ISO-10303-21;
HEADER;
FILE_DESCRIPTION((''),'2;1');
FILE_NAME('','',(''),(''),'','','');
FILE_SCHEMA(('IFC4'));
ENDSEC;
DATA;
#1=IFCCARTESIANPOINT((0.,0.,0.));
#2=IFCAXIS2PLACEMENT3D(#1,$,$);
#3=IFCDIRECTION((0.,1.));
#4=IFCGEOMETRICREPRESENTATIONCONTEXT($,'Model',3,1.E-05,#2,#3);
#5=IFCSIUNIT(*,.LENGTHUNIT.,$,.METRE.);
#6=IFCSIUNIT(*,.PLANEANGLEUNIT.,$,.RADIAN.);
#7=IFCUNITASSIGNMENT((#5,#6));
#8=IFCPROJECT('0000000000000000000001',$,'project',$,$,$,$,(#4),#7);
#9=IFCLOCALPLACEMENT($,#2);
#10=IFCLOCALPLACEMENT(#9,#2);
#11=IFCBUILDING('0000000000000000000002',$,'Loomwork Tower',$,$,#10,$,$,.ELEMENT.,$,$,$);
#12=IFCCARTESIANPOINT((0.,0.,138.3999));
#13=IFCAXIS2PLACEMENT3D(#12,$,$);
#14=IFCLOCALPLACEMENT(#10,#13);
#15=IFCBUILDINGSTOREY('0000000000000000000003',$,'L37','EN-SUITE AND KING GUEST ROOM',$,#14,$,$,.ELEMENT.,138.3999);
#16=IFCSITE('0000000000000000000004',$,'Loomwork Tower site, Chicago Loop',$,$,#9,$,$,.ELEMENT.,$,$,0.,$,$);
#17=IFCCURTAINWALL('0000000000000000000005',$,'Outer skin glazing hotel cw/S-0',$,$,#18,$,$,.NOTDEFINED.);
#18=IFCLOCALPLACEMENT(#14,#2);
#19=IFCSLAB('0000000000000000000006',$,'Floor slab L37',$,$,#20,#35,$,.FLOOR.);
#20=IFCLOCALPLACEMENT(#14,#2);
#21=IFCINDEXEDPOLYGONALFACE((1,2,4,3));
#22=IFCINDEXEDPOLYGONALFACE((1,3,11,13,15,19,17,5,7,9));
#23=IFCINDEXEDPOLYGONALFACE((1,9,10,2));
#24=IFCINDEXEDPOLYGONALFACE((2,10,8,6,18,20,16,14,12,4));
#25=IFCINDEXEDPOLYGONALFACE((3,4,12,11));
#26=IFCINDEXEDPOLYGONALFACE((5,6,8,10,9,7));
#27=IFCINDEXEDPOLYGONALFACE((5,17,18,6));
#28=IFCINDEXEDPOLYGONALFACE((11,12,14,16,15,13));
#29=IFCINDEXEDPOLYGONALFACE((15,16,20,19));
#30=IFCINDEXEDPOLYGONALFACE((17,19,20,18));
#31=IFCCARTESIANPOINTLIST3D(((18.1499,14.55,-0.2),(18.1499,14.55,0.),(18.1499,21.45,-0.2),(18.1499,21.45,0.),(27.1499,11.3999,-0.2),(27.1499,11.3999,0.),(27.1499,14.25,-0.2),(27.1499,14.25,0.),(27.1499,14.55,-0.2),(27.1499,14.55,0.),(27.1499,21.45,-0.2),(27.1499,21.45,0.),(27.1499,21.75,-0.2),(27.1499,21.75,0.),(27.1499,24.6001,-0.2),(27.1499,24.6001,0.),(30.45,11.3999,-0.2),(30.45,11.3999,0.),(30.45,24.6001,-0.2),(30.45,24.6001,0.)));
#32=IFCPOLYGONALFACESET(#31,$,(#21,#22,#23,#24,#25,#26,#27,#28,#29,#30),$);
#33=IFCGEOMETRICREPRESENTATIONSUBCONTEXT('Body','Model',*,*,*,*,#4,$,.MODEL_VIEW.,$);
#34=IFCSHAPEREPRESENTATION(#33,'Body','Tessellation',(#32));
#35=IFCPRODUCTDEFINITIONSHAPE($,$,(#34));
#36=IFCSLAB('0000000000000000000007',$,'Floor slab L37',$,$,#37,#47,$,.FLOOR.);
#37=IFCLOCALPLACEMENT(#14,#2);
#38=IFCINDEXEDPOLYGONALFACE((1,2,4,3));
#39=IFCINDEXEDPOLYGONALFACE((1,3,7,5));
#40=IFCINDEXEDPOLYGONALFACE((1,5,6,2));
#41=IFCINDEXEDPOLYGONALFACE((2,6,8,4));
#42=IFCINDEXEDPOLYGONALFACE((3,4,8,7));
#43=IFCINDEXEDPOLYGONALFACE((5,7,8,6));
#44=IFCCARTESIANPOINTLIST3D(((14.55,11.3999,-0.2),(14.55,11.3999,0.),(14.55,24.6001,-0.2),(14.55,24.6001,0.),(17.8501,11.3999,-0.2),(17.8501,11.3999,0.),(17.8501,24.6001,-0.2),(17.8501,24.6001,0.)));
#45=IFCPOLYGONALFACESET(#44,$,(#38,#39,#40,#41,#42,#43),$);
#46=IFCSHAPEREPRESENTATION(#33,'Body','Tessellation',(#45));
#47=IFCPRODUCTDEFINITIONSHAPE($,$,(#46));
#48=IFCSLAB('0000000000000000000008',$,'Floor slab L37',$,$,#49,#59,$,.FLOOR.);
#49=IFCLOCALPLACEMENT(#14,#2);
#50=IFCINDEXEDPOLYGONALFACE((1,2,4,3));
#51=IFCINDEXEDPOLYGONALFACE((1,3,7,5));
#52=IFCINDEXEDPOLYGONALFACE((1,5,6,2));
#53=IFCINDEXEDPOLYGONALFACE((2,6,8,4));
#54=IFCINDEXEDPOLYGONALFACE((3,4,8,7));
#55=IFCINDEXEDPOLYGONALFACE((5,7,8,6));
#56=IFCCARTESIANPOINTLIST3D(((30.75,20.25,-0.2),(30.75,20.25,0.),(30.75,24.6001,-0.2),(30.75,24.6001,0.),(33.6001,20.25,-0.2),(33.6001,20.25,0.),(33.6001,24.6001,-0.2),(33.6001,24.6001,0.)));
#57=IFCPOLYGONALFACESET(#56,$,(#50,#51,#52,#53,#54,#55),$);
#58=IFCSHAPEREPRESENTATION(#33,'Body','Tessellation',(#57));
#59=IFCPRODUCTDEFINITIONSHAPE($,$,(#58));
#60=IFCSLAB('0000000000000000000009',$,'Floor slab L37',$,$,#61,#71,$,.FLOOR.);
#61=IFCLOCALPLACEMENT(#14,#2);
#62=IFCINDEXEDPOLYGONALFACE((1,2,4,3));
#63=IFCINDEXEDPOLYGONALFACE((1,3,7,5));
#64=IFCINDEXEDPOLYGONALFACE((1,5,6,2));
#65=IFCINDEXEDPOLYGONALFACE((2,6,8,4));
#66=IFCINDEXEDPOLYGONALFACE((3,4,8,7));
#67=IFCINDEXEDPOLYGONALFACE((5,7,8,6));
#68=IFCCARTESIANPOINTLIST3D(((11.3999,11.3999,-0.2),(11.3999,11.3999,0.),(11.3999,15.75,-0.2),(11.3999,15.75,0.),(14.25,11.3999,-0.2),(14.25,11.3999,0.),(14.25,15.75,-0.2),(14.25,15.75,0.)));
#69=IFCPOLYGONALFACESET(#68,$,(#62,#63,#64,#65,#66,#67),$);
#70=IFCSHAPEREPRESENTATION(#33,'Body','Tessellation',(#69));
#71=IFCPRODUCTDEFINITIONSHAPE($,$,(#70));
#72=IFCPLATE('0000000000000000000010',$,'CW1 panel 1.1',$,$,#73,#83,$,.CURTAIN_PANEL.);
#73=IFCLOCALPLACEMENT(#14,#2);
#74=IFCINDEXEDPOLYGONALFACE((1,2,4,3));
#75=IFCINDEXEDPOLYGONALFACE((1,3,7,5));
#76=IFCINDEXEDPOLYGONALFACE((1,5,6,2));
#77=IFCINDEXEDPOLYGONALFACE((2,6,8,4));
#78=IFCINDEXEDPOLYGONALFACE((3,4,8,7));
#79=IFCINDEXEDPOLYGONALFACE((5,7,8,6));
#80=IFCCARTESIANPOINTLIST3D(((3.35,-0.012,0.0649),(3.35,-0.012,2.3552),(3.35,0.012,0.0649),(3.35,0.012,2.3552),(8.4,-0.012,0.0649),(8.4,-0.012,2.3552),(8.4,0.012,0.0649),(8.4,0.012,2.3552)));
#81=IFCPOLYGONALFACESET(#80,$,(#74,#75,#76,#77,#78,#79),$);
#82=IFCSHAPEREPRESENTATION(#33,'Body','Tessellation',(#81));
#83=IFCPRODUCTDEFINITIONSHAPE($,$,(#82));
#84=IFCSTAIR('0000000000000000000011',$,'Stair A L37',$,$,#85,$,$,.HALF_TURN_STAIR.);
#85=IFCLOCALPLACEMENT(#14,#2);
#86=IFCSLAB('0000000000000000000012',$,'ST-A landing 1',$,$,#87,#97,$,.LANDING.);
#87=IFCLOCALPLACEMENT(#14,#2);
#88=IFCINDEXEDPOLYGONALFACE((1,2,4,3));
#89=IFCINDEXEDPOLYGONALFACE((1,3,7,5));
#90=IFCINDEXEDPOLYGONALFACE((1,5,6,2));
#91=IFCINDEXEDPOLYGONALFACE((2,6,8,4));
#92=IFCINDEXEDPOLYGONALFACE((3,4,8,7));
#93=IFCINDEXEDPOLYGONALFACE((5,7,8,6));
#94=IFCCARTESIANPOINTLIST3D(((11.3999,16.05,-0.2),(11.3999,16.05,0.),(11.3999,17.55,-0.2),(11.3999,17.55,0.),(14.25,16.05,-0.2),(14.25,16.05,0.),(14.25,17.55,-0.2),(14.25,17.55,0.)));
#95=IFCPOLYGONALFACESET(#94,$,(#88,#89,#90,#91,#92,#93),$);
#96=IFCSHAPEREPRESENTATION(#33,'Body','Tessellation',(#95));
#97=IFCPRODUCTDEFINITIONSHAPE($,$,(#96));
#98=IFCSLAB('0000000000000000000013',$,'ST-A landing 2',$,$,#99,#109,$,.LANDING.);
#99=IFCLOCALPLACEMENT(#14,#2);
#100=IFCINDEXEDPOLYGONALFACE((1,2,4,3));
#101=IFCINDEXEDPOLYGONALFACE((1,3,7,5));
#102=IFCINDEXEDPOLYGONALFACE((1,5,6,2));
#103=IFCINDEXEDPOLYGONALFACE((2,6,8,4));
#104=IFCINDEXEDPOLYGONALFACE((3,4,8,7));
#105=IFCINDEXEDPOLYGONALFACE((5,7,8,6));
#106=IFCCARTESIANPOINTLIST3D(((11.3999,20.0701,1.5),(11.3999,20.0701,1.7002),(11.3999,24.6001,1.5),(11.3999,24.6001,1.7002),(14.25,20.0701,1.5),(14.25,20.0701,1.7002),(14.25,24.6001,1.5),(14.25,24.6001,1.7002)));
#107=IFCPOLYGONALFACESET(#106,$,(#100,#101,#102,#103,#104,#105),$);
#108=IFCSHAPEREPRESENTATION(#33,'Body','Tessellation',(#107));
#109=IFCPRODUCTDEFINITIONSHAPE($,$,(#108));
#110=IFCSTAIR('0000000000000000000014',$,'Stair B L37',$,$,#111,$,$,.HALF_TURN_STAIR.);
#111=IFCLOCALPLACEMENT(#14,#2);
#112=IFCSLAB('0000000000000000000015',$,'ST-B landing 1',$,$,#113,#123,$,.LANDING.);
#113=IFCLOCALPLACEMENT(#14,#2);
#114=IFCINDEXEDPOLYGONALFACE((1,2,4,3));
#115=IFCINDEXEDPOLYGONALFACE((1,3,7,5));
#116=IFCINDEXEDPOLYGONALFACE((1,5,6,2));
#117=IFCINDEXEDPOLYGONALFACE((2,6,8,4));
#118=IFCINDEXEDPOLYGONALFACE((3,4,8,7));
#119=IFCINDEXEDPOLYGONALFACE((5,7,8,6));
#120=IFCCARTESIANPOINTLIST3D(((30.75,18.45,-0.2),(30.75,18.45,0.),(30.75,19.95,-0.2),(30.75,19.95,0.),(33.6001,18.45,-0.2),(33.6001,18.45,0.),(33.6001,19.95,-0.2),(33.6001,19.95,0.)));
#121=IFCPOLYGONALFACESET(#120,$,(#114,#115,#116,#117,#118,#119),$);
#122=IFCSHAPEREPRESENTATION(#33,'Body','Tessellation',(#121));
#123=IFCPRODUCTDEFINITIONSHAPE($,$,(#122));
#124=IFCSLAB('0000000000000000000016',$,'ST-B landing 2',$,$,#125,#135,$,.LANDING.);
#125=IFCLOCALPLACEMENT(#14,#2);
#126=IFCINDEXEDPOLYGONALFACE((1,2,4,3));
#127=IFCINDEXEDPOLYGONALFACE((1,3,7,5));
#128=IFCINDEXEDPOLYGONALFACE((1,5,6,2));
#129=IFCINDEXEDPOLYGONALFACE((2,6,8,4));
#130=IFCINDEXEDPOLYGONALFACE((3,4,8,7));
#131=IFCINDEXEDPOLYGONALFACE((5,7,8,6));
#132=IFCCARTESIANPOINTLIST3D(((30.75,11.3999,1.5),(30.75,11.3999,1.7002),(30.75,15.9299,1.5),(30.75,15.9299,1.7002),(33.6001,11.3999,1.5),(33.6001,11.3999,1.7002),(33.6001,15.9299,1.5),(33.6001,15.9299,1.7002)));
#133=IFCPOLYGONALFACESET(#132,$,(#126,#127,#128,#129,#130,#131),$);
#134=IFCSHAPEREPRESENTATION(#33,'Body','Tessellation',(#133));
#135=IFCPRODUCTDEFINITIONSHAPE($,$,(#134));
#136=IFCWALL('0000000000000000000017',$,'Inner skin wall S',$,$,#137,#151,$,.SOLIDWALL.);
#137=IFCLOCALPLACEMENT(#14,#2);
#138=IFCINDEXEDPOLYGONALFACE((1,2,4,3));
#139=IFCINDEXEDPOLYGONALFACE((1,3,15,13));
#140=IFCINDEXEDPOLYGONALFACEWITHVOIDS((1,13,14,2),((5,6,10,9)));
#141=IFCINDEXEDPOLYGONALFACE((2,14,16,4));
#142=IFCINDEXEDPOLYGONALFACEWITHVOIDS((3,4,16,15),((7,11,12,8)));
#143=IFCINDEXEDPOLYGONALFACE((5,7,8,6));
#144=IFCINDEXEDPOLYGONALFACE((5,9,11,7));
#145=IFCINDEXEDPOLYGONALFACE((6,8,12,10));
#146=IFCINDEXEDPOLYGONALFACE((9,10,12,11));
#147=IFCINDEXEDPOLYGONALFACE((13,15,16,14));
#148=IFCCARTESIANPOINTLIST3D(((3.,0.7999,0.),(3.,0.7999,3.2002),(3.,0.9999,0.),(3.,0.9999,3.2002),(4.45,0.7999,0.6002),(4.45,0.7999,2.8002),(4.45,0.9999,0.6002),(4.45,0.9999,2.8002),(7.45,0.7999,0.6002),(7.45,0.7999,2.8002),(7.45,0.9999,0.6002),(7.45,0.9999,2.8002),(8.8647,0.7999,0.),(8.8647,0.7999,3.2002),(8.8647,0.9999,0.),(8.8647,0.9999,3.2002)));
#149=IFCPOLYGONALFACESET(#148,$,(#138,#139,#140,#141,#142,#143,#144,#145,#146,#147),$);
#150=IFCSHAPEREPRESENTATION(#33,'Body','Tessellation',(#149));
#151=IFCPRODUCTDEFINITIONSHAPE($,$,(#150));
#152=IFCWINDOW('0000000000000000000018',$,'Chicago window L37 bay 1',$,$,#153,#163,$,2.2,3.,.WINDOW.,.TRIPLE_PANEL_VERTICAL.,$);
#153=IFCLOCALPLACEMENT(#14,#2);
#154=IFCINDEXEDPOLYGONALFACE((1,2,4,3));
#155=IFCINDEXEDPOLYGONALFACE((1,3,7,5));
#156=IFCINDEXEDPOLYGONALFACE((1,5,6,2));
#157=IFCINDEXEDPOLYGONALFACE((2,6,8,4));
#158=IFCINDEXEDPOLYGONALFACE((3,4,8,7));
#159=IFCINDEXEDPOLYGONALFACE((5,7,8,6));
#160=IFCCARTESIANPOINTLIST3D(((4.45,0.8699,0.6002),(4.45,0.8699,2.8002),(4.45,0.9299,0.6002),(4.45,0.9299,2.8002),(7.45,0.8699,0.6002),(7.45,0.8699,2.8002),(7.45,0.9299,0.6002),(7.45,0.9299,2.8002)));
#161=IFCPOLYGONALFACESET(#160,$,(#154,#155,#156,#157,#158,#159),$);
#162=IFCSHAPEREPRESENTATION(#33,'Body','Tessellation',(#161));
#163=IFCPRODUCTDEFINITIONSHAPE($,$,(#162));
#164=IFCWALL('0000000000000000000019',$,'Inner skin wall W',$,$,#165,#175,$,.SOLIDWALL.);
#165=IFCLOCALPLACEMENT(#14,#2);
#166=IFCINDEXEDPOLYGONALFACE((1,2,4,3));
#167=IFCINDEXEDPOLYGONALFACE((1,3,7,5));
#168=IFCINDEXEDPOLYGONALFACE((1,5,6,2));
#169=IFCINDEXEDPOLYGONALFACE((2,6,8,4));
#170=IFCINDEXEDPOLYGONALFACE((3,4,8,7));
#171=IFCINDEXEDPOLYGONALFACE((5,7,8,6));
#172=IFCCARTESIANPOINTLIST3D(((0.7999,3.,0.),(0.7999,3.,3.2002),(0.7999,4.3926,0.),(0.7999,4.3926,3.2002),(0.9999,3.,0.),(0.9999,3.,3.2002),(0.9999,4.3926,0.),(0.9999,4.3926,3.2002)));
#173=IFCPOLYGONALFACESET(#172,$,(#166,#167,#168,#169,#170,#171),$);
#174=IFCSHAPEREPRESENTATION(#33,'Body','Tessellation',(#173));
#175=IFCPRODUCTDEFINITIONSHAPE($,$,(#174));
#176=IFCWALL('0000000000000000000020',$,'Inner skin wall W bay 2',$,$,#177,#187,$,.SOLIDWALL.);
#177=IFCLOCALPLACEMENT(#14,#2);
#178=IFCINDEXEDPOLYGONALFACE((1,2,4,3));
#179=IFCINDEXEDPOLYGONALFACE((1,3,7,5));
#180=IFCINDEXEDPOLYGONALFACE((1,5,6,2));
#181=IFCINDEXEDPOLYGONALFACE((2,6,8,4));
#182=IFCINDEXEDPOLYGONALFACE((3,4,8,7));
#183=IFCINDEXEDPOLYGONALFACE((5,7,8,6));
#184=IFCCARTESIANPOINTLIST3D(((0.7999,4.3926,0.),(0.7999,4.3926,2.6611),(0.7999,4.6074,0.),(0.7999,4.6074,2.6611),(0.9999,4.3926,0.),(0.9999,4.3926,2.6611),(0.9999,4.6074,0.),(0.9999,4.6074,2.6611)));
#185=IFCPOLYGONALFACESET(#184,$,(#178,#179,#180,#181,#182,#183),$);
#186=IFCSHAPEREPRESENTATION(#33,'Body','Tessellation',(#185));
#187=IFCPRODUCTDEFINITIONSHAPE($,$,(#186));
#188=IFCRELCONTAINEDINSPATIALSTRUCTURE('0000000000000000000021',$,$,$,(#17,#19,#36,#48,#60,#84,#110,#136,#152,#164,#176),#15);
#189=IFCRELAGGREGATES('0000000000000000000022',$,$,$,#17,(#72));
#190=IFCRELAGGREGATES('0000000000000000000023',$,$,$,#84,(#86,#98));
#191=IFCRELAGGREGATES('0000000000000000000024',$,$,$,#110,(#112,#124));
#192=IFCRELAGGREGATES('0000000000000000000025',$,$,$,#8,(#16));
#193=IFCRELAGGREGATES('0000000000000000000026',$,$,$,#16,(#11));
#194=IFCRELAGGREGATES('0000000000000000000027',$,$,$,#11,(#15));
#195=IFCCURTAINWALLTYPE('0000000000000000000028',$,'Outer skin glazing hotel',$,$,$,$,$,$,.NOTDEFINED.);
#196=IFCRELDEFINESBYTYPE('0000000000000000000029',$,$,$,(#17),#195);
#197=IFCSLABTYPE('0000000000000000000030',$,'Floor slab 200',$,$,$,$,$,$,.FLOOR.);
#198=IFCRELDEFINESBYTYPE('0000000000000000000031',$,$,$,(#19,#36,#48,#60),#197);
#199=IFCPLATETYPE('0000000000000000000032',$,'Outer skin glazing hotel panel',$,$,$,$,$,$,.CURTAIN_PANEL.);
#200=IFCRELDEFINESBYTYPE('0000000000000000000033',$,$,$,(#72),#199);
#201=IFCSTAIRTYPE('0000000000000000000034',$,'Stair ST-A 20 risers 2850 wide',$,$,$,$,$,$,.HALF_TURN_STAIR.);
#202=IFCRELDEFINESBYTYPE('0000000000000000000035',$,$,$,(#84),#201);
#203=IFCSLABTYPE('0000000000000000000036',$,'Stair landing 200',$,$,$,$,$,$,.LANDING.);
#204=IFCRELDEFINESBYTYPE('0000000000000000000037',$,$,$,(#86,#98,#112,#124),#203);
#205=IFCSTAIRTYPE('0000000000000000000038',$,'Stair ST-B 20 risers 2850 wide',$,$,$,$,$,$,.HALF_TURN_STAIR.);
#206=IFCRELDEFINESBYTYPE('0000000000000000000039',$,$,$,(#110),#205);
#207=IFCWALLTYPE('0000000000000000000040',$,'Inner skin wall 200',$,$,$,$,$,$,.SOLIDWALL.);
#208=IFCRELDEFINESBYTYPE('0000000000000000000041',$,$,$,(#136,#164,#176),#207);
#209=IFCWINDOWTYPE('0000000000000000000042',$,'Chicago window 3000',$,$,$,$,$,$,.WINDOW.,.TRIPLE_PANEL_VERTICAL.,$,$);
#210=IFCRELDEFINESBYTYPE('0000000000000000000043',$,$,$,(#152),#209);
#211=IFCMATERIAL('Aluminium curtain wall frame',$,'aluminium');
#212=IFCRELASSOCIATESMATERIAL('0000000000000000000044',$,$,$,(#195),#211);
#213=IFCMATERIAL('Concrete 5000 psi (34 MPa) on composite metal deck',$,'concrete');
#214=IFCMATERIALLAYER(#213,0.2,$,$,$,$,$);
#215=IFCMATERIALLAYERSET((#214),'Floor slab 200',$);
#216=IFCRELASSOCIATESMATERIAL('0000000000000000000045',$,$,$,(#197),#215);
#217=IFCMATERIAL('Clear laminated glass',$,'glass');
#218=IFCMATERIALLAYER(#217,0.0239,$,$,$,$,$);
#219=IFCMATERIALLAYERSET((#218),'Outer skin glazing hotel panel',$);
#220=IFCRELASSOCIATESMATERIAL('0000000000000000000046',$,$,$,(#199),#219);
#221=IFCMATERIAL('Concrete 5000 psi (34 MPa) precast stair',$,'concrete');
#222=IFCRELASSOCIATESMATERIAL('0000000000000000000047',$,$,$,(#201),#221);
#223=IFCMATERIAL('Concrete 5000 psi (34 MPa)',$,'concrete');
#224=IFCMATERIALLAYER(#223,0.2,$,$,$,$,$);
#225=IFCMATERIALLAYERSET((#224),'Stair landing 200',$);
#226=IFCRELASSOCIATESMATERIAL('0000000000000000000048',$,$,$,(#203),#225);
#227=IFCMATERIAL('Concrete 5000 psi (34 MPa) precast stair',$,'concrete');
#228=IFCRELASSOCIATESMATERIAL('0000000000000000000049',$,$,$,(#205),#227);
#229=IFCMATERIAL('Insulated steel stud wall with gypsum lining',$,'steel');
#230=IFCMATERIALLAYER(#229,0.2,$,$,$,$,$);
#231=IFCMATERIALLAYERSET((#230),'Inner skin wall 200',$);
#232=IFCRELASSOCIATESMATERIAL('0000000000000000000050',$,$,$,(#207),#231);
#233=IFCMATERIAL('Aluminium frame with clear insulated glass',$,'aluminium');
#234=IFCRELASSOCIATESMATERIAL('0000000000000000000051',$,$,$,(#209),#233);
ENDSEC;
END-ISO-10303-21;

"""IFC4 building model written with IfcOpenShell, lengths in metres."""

from ifc_helpers import new_model, si_unit, direction, frame, frame_2d, origin, origin_2d, place, context, subcontext, project, spatial, polyline, rectangle, outline, extrude, material, layer, layer_set, type_object, element, fill, aggregate, save


model = new_model("IFC4")

# Units and contexts
model_context = context("Model", 3, precision=1e-05, world=origin(), true_north=direction((0.0, 1.0)))
body_context = subcontext(model_context, "Body", "Model", "MODEL_VIEW")
ifc_project = project(units=[si_unit("LENGTHUNIT", "METRE"), si_unit("PLANEANGLEUNIT", "RADIAN")], contexts=[model_context])

# Site, building, storey
site_placement = place(None, origin())
site = spatial("IfcSite", under=ifc_project, at=site_placement, Name="Loomwork Tower site, Chicago Loop", CompositionType="ELEMENT", RefElevation=0.0)
building_placement = place(site_placement, origin())
building = spatial("IfcBuilding", under=site, at=building_placement, Name="Loomwork Tower", CompositionType="ELEMENT")
storey_placement = place(building_placement, frame((0.0, 0.0, 138.3999)))
storey = spatial("IfcBuildingStorey", under=building, at=storey_placement, Name="L37", Description="EN-SUITE AND KING GUEST ROOM", CompositionType="ELEMENT", Elevation=138.3999)

# Curtain wall
ifc_material_1 = material(Name="Aluminium curtain wall frame", Category="aluminium")
curtain_wall_type = type_object("IfcCurtainWallType", Name="Outer skin glazing hotel", PredefinedType="NOTDEFINED", material=ifc_material_1)
curtain_wall_1_placement = place(storey_placement, origin())
curtain_wall_1 = element("IfcCurtainWall", 1, at=curtain_wall_1_placement, inside=storey, type_object=curtain_wall_type, Name="Outer skin glazing hotel cw/S-0", PredefinedType="NOTDEFINED")

# Slabs
ifc_material_2 = material(Name="Concrete 5000 psi (34 MPa) on composite metal deck", Category="concrete")
ifc_layer_1 = layer(ifc_material_2, 0.2)
ifc_layer_set_1 = layer_set([ifc_layer_1], Name="Floor slab 200")
slab_type_1 = type_object("IfcSlabType", Name="Floor slab 200", PredefinedType="FLOOR", material=ifc_layer_set_1)
slab_1_placement = place(storey_placement, frame((0.0, 0.0, -0.2)))
element("IfcSlab", 2, at=slab_1_placement, inside=storey, type_object=slab_type_1, Name="Floor slab L37", PredefinedType="FLOOR", context=body_context, shape_type="SweptSolid", body=[
    extrude(outline(polyline([(30.45, 24.6001), (30.45, 11.3999), (27.1499, 11.3999), (27.1499, 14.25), (27.1499, 14.55), (18.1499, 14.55), (18.1499, 21.45), (27.1499, 21.45), (27.1499, 21.75), (27.1499, 24.6001), (30.45, 24.6001)])), origin(), (0.0, 0.0, 1.0), 0.2),
])
slab_2_placement = place(storey_placement, frame((0.0, 0.0, -0.2)))
element("IfcSlab", 3, at=slab_2_placement, inside=storey, type_object=slab_type_1, Name="Floor slab L37", PredefinedType="FLOOR", context=body_context, shape_type="SweptSolid", body=[
    extrude(outline(polyline([(14.55, 11.3999), (14.55, 24.6001), (17.8501, 24.6001), (17.8501, 11.3999), (14.55, 11.3999)])), origin(), (0.0, 0.0, 1.0), 0.2),
])
slab_3_placement = place(storey_placement, frame((0.0, 0.0, -0.2)))
element("IfcSlab", 4, at=slab_3_placement, inside=storey, type_object=slab_type_1, Name="Floor slab L37", PredefinedType="FLOOR", context=body_context, shape_type="SweptSolid", body=[
    extrude(outline(polyline([(33.6001, 20.25), (30.75, 20.25), (30.75, 24.6001), (33.6001, 24.6001), (33.6001, 20.25)])), origin(), (0.0, 0.0, 1.0), 0.2),
])
slab_4_placement = place(storey_placement, frame((0.0, 0.0, -0.2)))
element("IfcSlab", 5, at=slab_4_placement, inside=storey, type_object=slab_type_1, Name="Floor slab L37", PredefinedType="FLOOR", context=body_context, shape_type="SweptSolid", body=[
    extrude(outline(polyline([(14.25, 15.75), (14.25, 11.3999), (11.3999, 11.3999), (11.3999, 15.75), (14.25, 15.75)])), origin(), (0.0, 0.0, 1.0), 0.2),
])

# Plate
ifc_material_3 = material(Name="Clear laminated glass", Category="glass")
ifc_layer_2 = layer(ifc_material_3, 0.0239)
ifc_layer_set_2 = layer_set([ifc_layer_2], Name="Outer skin glazing hotel panel")
plate_type = type_object("IfcPlateType", Name="Outer skin glazing hotel panel", PredefinedType="CURTAIN_PANEL", material=ifc_layer_set_2)
plate_placement = place(storey_placement, frame((5.875, 0.0, 0.0649), z_axis=(0.0, 0.0, 1.0), x_axis=(1.0, 0.0, 0.0)))
plate = element("IfcPlate", 6, at=plate_placement, type_object=plate_type, Name="CW1 panel 1.1", PredefinedType="CURTAIN_PANEL", context=body_context, shape_type="SweptSolid", body=[
    extrude(rectangle(XDim=5.05, YDim=0.0239, at=origin_2d()), origin(), (0.0, 0.0, 1.0), 2.2903),
])
aggregate(curtain_wall_1, [plate])

# Stairs, slabs
ifc_material_4 = material(Name="Concrete 5000 psi (34 MPa) precast stair", Category="concrete")
stair_type_1 = type_object("IfcStairType", Name="Stair ST-A 20 risers 2850 wide", PredefinedType="HALF_TURN_STAIR", material=ifc_material_4)
stair_1_placement = place(storey_placement, origin())
stair_1 = element("IfcStair", 7, at=stair_1_placement, inside=storey, type_object=stair_type_1, Name="Stair A L37", PredefinedType="HALF_TURN_STAIR")
ifc_material_5 = material(Name="Concrete 5000 psi (34 MPa)", Category="concrete")
ifc_layer_3 = layer(ifc_material_5, 0.2)
ifc_layer_set_3 = layer_set([ifc_layer_3], Name="Stair landing 200")
slab_type_2 = type_object("IfcSlabType", Name="Stair landing 200", PredefinedType="LANDING", material=ifc_layer_set_3)
slab_5_placement = place(storey_placement, frame((0.0, 0.0, -0.2)))
slab_5 = element("IfcSlab", 8, at=slab_5_placement, type_object=slab_type_2, Name="ST-A landing 1", PredefinedType="LANDING", context=body_context, shape_type="SweptSolid", body=[
    extrude(outline(polyline([(11.3999, 16.05), (14.25, 16.05), (14.25, 17.55), (11.3999, 17.55), (11.3999, 16.05)])), origin(), (0.0, 0.0, 1.0), 0.2),
])
slab_6_placement = place(storey_placement, frame((0.0, 0.0, 1.5)))
slab_6 = element("IfcSlab", 9, at=slab_6_placement, type_object=slab_type_2, Name="ST-A landing 2", PredefinedType="LANDING", context=body_context, shape_type="SweptSolid", body=[
    extrude(outline(polyline([(11.3999, 20.0701), (14.25, 20.0701), (14.25, 24.6001), (11.3999, 24.6001), (11.3999, 20.0701)])), origin(), (0.0, 0.0, 1.0), 0.2002),
])
aggregate(stair_1, [slab_5, slab_6])
ifc_material_6 = material(Name="Concrete 5000 psi (34 MPa) precast stair", Category="concrete")
stair_type_2 = type_object("IfcStairType", Name="Stair ST-B 20 risers 2850 wide", PredefinedType="HALF_TURN_STAIR", material=ifc_material_6)
stair_2_placement = place(storey_placement, origin())
stair_2 = element("IfcStair", 10, at=stair_2_placement, inside=storey, type_object=stair_type_2, Name="Stair B L37", PredefinedType="HALF_TURN_STAIR")
slab_7_placement = place(storey_placement, frame((0.0, 0.0, -0.2)))
slab_7 = element("IfcSlab", 11, at=slab_7_placement, type_object=slab_type_2, Name="ST-B landing 1", PredefinedType="LANDING", context=body_context, shape_type="SweptSolid", body=[
    extrude(outline(polyline([(30.75, 18.45), (33.6001, 18.45), (33.6001, 19.95), (30.75, 19.95), (30.75, 18.45)])), origin(), (0.0, 0.0, 1.0), 0.2),
])
slab_8_placement = place(storey_placement, frame((0.0, 0.0, 1.5)))
slab_8 = element("IfcSlab", 12, at=slab_8_placement, type_object=slab_type_2, Name="ST-B landing 2", PredefinedType="LANDING", context=body_context, shape_type="SweptSolid", body=[
    extrude(outline(polyline([(30.75, 11.3999), (33.6001, 11.3999), (33.6001, 15.9299), (30.75, 15.9299), (30.75, 11.3999)])), origin(), (0.0, 0.0, 1.0), 0.2002),
])
aggregate(stair_2, [slab_7, slab_8])

# Wall, opening, window
ifc_material_7 = material(Name="Insulated steel stud wall with gypsum lining", Category="steel")
ifc_layer_4 = layer(ifc_material_7, 0.2)
ifc_layer_set_4 = layer_set([ifc_layer_4], Name="Inner skin wall 200")
wall_type_1 = type_object("IfcWallType", Name="Inner skin wall 200", PredefinedType="SOLIDWALL", material=ifc_layer_set_4)
wall_1_placement = place(storey_placement, frame((3.0, 0.8999, 0.0), z_axis=(0.0, 0.0, 1.0), x_axis=(1.0, 0.0, 0.0)))
wall_1 = element("IfcWall", 13, at=wall_1_placement, inside=storey, type_object=wall_type_1, Name="Inner skin wall S", PredefinedType="SOLIDWALL", context=body_context, shape_type="SweptSolid", body=[
    extrude(rectangle(XDim=5.8647, YDim=0.2, at=frame_2d((2.9324, 0.0))), origin(), (0.0, 0.0, 1.0), 3.2002),
])
opening_1_placement = place(wall_1_placement, frame((1.45, 0.0, 0.6001)))
opening_1 = element("IfcOpeningElement", 14, at=opening_1_placement, cuts=wall_1, PredefinedType="OPENING", context=body_context, shape_type="SweptSolid", body=[
    extrude(rectangle(XDim=3.0, YDim=2.2, at=frame_2d((1.5, 1.1001))), frame((0.0, 0.1099, 0.0), z_axis=(0.0, -1.0, 0.0), x_axis=(1.0, 0.0, 0.0)), (0.0, 0.0, 1.0), 0.22),
])
ifc_material_8 = material(Name="Aluminium frame with clear insulated glass", Category="aluminium")
window_type_1 = type_object("IfcWindowType", Name="Chicago window 3000", PartitioningType="TRIPLE_PANEL_VERTICAL", PredefinedType="WINDOW", material=ifc_material_8)
window_1_placement = place(opening_1_placement, origin())
window_1 = element("IfcWindow", 15, at=window_1_placement, inside=storey, type_object=window_type_1, Name="Chicago window L37 bay 1", OverallHeight=2.2, OverallWidth=3.0, PartitioningType="TRIPLE_PANEL_VERTICAL", PredefinedType="WINDOW", context=body_context, shape_type="SweptSolid", body=[
    extrude(rectangle(XDim=3.0, YDim=2.2, at=frame_2d((1.5, 1.1001))), frame((0.0, 0.03, 0.0), z_axis=(0.0, -1.0, 0.0), x_axis=(1.0, 0.0, 0.0)), (0.0, 0.0, 1.0), 0.0601),
])
fill(opening_1, window_1)

# Walls
wall_2_placement = place(storey_placement, frame((0.8999, 3.0, 0.0), z_axis=(0.0, 0.0, 1.0), x_axis=(0.0, 1.0, 0.0)))
element("IfcWall", 16, at=wall_2_placement, inside=storey, type_object=wall_type_1, Name="Inner skin wall W", PredefinedType="SOLIDWALL", context=body_context, shape_type="SweptSolid", body=[
    extrude(rectangle(XDim=1.3926, YDim=0.2, at=frame_2d((0.6963, 0.0))), origin(), (0.0, 0.0, 1.0), 3.2002),
])
wall_3_placement = place(storey_placement, frame((0.8999, 4.3926, 0.0), z_axis=(0.0, 0.0, 1.0), x_axis=(0.0, 1.0, 0.0)))
element("IfcWall", 17, at=wall_3_placement, inside=storey, type_object=wall_type_1, Name="Inner skin wall W bay 2", PredefinedType="SOLIDWALL", context=body_context, shape_type="SweptSolid", body=[
    extrude(rectangle(XDim=0.2148, YDim=0.2, at=frame_2d((0.1074, 0.0))), origin(), (0.0, 0.0, 1.0), 2.6611),
])

save(model, "model.ifc")
